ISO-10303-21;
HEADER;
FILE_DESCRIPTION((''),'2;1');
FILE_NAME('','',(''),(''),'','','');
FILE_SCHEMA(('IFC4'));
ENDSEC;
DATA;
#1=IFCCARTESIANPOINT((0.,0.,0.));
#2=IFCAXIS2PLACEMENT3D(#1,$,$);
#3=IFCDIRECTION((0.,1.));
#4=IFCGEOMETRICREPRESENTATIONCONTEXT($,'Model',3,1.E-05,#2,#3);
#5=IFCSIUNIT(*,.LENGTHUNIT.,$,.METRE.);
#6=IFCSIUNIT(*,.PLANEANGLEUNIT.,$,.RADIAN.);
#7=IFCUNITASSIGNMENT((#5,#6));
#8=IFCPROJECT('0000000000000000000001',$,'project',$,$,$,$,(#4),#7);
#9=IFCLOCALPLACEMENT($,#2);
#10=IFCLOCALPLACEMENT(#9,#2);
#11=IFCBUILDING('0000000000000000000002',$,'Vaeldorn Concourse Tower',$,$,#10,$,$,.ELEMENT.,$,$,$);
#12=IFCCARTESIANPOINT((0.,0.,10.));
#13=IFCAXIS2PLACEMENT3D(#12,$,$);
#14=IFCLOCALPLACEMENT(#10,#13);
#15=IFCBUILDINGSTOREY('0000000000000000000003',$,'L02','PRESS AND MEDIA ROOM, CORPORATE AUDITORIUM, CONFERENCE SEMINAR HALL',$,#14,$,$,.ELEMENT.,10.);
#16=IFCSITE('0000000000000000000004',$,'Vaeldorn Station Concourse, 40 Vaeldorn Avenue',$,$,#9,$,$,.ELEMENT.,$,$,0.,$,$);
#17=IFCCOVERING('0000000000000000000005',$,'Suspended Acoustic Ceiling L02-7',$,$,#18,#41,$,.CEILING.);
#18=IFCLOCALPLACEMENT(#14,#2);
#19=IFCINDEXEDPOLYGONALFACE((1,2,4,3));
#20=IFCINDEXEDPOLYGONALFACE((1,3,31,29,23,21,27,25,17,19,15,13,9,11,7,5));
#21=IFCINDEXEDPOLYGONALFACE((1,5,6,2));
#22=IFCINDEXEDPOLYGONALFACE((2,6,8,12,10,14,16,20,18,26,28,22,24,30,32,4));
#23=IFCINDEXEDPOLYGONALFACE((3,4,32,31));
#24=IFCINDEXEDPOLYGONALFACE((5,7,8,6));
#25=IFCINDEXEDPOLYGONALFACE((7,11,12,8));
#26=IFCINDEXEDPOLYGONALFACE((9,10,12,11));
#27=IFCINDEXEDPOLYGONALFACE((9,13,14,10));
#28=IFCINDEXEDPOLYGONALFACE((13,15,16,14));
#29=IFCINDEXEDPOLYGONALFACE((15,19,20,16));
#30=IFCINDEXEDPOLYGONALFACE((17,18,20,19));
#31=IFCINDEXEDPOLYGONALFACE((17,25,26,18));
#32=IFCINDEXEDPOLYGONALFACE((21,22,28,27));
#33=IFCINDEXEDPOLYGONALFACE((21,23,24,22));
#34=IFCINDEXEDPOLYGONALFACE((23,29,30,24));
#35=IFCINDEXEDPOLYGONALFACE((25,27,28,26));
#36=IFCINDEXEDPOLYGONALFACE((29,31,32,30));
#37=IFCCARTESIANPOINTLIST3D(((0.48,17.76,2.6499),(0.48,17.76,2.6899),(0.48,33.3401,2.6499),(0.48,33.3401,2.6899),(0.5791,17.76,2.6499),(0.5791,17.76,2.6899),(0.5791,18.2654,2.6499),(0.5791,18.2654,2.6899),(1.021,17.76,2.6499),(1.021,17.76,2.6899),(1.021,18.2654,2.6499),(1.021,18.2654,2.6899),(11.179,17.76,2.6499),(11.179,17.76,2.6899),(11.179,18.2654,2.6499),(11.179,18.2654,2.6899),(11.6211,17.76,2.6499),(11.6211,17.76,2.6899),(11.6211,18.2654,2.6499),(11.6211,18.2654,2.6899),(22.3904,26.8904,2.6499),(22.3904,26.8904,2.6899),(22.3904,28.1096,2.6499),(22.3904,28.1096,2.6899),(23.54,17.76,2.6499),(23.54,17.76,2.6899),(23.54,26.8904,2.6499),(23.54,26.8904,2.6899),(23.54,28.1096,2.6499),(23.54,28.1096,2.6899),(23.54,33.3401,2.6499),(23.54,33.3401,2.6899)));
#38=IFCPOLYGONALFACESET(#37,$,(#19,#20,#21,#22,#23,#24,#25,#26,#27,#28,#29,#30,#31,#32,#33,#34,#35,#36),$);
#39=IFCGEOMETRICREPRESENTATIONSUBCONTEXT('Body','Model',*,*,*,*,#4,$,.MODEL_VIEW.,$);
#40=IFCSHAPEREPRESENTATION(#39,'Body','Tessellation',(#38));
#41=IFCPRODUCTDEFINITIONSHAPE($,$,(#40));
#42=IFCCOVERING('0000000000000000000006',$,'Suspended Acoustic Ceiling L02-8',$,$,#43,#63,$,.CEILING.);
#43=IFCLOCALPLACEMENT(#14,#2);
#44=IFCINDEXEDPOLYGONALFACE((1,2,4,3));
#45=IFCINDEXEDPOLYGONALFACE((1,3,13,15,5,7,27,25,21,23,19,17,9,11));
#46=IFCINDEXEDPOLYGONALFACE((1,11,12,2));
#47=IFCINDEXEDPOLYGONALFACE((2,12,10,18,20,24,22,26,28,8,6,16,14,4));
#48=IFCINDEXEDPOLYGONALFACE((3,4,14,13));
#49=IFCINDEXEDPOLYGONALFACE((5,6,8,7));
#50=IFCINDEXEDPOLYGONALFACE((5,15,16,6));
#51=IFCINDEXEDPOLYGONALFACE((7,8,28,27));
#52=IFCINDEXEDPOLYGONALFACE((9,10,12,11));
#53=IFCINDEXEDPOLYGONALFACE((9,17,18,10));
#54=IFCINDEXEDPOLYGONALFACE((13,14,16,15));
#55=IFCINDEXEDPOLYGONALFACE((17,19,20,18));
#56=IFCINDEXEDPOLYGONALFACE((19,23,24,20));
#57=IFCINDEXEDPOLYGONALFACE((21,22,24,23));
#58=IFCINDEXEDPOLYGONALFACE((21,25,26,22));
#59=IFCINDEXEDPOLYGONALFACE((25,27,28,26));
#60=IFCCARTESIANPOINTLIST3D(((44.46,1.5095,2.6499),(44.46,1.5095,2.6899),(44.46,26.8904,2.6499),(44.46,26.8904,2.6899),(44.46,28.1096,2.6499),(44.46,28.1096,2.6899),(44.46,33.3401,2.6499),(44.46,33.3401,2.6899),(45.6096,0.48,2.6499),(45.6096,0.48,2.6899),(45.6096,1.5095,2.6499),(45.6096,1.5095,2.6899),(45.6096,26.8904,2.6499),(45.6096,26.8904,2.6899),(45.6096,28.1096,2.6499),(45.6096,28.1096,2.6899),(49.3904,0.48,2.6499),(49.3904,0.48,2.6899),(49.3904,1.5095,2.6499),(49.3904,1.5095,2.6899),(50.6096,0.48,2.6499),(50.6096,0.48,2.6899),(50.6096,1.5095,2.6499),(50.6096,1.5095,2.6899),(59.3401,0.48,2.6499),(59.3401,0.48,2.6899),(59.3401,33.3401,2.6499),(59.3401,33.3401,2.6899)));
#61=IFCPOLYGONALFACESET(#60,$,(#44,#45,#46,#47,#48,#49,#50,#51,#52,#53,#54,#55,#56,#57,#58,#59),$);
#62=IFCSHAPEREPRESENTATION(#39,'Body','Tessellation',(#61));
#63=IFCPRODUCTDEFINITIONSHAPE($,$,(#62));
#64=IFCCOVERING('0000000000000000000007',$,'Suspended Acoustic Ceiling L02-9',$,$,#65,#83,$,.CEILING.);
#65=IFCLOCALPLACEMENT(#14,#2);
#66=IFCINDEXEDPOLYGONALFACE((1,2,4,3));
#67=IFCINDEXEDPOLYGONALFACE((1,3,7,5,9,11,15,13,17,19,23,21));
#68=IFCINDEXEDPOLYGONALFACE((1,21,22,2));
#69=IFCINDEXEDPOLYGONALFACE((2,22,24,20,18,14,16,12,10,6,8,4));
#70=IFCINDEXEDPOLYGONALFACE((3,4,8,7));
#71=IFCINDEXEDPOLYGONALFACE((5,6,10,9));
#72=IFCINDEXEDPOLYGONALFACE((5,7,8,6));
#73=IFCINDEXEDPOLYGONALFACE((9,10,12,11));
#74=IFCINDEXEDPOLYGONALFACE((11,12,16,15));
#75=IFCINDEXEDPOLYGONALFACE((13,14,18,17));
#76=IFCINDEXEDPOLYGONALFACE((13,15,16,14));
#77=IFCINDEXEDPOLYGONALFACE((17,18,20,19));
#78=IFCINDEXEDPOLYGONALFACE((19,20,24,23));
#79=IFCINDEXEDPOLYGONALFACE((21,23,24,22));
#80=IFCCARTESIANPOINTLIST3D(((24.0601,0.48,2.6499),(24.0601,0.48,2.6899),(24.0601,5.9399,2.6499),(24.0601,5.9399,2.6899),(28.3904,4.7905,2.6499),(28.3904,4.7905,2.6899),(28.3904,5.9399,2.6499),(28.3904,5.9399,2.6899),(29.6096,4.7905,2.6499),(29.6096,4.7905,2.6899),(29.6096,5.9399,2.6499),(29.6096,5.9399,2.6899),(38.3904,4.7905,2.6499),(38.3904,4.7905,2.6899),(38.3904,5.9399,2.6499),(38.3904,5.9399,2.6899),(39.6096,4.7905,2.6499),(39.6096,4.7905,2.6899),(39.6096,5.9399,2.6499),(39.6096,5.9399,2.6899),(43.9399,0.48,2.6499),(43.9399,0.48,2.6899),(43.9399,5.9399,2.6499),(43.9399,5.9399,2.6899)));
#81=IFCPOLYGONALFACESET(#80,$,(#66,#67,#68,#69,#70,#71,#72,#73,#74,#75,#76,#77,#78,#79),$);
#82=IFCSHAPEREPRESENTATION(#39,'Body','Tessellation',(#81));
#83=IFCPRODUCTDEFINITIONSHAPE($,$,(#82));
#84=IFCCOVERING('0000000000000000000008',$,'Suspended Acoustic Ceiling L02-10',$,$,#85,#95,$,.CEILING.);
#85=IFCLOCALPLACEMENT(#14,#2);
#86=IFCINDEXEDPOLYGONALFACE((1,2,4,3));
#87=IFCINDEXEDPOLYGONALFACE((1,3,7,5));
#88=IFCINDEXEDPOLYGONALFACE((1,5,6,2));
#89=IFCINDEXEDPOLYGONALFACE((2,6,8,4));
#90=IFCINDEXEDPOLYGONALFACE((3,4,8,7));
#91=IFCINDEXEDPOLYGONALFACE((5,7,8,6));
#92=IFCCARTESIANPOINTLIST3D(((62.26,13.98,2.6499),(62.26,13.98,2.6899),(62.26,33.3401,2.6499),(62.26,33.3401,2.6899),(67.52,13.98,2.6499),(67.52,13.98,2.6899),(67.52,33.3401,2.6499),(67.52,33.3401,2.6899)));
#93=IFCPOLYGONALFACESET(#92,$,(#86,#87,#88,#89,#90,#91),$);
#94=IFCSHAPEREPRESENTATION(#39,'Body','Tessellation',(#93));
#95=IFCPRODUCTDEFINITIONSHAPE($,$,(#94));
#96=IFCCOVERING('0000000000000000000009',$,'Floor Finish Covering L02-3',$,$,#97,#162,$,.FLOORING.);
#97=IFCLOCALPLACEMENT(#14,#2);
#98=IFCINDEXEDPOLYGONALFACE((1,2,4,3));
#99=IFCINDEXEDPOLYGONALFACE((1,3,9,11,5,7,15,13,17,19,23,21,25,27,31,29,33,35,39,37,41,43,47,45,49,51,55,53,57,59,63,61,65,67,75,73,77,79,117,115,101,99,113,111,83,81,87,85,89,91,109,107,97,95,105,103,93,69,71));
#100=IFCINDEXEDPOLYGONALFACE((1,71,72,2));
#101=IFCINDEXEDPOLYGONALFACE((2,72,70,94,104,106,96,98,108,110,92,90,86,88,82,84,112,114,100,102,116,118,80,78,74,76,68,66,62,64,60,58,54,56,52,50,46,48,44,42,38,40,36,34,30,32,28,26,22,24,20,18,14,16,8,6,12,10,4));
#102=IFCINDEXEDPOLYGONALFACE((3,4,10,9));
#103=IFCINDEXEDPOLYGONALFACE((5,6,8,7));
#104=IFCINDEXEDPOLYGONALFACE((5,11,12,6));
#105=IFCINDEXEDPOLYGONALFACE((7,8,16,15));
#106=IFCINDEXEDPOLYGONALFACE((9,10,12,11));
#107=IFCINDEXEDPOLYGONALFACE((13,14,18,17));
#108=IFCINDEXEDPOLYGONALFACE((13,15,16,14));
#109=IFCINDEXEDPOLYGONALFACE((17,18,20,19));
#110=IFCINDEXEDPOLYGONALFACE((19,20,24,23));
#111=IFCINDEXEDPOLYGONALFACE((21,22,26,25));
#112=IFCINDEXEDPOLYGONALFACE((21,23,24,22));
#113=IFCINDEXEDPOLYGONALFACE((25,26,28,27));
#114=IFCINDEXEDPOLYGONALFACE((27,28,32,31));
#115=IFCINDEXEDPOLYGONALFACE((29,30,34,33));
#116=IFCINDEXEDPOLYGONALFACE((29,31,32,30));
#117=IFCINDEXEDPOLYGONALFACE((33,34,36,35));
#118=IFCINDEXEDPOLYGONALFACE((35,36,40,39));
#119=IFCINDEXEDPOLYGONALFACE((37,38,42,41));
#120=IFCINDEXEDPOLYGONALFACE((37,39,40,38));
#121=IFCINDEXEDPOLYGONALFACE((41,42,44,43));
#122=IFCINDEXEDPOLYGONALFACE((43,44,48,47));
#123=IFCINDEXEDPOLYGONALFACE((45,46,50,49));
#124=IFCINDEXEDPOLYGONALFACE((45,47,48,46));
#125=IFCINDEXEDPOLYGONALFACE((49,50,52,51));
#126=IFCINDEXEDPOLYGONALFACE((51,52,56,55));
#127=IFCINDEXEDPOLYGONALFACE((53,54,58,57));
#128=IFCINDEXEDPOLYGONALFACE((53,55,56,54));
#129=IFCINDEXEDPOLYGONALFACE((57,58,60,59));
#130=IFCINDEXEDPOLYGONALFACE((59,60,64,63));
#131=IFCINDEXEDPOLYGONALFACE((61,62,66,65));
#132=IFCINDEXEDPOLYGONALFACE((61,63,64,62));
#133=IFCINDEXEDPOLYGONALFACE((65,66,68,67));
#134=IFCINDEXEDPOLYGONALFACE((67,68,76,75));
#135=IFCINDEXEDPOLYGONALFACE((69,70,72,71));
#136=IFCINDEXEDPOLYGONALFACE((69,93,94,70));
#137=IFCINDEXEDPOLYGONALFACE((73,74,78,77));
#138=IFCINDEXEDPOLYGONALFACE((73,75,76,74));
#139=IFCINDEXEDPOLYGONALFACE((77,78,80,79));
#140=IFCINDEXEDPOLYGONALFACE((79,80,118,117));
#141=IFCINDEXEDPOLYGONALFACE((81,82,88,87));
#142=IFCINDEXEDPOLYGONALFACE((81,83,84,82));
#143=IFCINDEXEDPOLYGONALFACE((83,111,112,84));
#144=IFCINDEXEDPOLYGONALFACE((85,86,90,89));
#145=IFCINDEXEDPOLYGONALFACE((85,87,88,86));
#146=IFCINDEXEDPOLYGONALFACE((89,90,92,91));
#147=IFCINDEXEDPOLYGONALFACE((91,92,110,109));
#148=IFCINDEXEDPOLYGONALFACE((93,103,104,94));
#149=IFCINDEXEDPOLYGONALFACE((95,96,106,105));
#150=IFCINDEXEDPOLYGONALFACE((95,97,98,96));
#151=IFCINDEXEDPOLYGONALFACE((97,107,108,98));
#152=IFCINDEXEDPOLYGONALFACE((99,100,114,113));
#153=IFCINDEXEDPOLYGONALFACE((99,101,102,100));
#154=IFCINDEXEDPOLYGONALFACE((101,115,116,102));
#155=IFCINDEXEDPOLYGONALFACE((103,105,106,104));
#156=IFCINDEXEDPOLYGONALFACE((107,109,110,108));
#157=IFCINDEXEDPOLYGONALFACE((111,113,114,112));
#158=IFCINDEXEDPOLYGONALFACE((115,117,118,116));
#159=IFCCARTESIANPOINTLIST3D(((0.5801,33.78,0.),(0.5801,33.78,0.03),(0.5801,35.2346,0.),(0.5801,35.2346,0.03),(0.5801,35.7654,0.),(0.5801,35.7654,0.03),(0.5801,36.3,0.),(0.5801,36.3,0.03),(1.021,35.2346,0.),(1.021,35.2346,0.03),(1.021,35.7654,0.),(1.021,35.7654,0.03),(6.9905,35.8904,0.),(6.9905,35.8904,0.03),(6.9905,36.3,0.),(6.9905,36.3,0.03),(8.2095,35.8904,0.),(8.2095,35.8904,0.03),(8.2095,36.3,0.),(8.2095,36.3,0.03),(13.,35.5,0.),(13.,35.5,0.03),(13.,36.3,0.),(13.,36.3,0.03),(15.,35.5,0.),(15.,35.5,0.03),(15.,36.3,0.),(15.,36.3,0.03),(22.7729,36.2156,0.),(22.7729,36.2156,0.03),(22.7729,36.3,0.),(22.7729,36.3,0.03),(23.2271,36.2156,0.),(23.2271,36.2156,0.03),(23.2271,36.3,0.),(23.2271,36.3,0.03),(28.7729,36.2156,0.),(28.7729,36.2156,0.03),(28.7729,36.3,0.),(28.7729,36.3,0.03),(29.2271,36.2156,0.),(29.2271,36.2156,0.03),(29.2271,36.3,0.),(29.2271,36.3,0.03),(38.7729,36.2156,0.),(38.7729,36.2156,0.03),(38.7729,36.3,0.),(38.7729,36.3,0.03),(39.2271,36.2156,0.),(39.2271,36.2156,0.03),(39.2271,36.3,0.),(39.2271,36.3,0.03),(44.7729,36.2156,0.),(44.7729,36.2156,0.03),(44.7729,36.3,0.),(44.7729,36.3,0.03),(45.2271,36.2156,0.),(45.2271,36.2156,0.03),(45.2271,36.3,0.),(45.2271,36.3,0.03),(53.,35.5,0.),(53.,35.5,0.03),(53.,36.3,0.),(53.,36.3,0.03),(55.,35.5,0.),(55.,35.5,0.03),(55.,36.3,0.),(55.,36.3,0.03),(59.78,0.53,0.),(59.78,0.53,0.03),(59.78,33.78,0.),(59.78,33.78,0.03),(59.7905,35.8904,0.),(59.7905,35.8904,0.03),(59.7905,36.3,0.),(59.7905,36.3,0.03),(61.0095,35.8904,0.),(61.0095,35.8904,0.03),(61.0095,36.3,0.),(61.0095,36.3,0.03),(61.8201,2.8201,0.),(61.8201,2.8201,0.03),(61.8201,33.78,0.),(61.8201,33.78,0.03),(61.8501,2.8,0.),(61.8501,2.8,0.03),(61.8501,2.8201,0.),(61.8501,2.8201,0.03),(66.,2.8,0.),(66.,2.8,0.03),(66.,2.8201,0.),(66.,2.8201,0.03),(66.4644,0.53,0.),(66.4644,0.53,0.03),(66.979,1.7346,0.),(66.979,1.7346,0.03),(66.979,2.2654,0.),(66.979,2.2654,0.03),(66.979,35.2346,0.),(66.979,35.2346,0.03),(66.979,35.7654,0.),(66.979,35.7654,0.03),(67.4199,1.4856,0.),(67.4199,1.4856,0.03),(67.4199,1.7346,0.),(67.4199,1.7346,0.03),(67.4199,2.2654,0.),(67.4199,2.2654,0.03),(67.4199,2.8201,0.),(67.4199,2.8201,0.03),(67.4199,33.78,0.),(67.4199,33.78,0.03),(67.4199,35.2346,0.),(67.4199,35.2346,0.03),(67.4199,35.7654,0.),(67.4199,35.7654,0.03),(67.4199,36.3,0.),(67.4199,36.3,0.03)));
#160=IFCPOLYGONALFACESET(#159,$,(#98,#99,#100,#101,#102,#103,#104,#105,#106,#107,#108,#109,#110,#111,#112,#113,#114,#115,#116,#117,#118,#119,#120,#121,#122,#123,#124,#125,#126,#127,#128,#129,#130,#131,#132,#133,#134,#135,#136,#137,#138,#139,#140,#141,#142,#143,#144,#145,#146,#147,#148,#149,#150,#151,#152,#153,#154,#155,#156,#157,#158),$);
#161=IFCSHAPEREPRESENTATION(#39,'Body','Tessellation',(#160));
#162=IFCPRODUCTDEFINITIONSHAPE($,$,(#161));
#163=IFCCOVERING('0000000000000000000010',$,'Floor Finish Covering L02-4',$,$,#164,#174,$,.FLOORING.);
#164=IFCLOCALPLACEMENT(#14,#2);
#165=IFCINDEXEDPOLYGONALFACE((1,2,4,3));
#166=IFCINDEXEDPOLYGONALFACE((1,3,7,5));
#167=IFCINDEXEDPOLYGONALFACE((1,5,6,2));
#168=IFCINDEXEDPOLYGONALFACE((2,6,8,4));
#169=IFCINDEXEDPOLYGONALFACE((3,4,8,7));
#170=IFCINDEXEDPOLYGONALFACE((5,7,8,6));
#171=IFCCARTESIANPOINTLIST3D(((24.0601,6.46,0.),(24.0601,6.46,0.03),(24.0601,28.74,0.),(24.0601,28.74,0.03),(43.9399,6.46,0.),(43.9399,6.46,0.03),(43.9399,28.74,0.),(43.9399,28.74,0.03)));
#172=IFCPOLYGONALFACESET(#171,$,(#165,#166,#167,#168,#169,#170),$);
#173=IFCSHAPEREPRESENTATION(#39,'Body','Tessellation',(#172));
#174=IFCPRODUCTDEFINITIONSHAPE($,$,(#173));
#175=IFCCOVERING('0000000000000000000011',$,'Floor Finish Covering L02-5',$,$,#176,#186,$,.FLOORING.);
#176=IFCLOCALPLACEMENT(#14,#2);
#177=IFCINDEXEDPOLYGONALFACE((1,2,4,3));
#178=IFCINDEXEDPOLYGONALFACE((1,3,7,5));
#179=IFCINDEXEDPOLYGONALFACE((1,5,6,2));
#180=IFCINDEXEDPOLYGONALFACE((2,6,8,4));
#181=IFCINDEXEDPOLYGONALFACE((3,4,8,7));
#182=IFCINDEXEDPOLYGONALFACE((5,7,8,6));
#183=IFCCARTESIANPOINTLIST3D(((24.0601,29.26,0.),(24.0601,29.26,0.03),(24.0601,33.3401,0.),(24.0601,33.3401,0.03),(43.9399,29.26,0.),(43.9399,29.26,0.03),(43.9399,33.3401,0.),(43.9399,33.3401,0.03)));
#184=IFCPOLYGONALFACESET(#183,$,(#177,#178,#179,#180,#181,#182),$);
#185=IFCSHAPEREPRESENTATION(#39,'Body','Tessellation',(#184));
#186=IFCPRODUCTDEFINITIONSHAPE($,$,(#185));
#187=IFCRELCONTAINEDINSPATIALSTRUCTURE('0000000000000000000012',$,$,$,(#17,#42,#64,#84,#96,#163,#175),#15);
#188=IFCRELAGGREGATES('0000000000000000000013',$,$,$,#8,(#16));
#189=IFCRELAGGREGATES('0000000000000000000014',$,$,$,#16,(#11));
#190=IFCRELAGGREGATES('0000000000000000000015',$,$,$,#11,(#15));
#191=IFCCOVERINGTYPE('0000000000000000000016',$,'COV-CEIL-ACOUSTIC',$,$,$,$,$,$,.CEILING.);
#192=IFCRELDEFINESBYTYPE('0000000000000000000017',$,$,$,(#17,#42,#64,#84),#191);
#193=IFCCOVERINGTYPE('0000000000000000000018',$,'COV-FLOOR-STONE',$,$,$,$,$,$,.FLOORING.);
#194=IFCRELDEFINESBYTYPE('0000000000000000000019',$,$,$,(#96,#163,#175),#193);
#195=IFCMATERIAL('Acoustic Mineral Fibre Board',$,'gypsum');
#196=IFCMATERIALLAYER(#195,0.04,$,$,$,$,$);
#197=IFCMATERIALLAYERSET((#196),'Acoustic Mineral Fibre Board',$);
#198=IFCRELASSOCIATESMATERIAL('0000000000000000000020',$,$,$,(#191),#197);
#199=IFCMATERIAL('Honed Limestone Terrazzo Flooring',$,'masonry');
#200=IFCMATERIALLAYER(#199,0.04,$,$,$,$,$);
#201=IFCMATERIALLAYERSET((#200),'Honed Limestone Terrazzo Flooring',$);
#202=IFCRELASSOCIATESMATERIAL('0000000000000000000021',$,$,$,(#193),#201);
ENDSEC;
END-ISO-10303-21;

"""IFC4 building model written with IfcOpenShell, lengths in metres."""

from ifc_helpers import new_model, si_unit, direction, frame, origin, place, context, subcontext, project, spatial, polyline, outline, extrude, material, layer, layer_set, type_object, element, save


model = new_model("IFC4")

# Units and contexts
model_context = context("Model", 3, precision=1e-05, world=origin(), true_north=direction((0.0, 1.0)))
body_context = subcontext(model_context, "Body", "Model", "MODEL_VIEW")
ifc_project = project(units=[si_unit("LENGTHUNIT", "METRE"), si_unit("PLANEANGLEUNIT", "RADIAN")], contexts=[model_context])

# Site, building, storey
site_placement = place(None, origin())
site = spatial("IfcSite", under=ifc_project, at=site_placement, Name="Vaeldorn Station Concourse, 40 Vaeldorn Avenue", CompositionType="ELEMENT", RefElevation=0.0)
building_placement = place(site_placement, origin())
building = spatial("IfcBuilding", under=site, at=building_placement, Name="Vaeldorn Concourse Tower", CompositionType="ELEMENT")
storey_placement = place(building_placement, frame((0.0, 0.0, 10.0)))
storey = spatial("IfcBuildingStorey", under=building, at=storey_placement, Name="L02", Description="PRESS AND MEDIA ROOM, CORPORATE AUDITORIUM, CONFERENCE SEMINAR HALL", CompositionType="ELEMENT", Elevation=10.0)

# Coverings
ifc_material_1 = material(Name="Acoustic Mineral Fibre Board", Category="gypsum")
ifc_layer_1 = layer(ifc_material_1, 0.04)
ifc_layer_set_1 = layer_set([ifc_layer_1], Name="Acoustic Mineral Fibre Board")
covering_type_1 = type_object("IfcCoveringType", Name="COV-CEIL-ACOUSTIC", PredefinedType="CEILING", material=ifc_layer_set_1)
covering_1_placement = place(storey_placement, frame((0.0, 0.0, 2.6499)))
element("IfcCovering", 1, at=covering_1_placement, inside=storey, type_object=covering_type_1, Name="Suspended Acoustic Ceiling L02-7", PredefinedType="CEILING", context=body_context, shape_type="SweptSolid", body=[
    extrude(outline(polyline([(0.48, 33.3401), (23.54, 33.3401), (23.54, 28.1096), (22.3904, 28.1096), (22.3904, 26.8904), (23.54, 26.8904), (23.54, 17.76), (11.6211, 17.76), (11.6211, 18.2654), (11.179, 18.2654), (11.179, 17.76), (1.021, 17.76), (1.021, 18.2654), (0.5791, 18.2654), (0.5791, 17.76), (0.48, 17.76), (0.48, 33.3401)])), origin(), (0.0, 0.0, 1.0), 0.04),
])
covering_2_placement = place(storey_placement, frame((0.0, 0.0, 2.6499)))
element("IfcCovering", 2, at=covering_2_placement, inside=storey, type_object=covering_type_1, Name="Suspended Acoustic Ceiling L02-8", PredefinedType="CEILING", context=body_context, shape_type="SweptSolid", body=[
    extrude(outline(polyline([(44.46, 26.8904), (45.6096, 26.8904), (45.6096, 28.1096), (44.46, 28.1096), (44.46, 33.3401), (59.3401, 33.3401), (59.3401, 0.48), (50.6096, 0.48), (50.6096, 1.5095), (49.3904, 1.5095), (49.3904, 0.48), (45.6096, 0.48), (45.6096, 1.5095), (44.46, 1.5095), (44.46, 26.8904)])), origin(), (0.0, 0.0, 1.0), 0.04),
])
covering_3_placement = place(storey_placement, frame((0.0, 0.0, 2.6499)))
element("IfcCovering", 3, at=covering_3_placement, inside=storey, type_object=covering_type_1, Name="Suspended Acoustic Ceiling L02-9", PredefinedType="CEILING", context=body_context, shape_type="SweptSolid", body=[
    extrude(outline(polyline([(24.0601, 5.9399), (28.3904, 5.9399), (28.3904, 4.7905), (29.6096, 4.7905), (29.6096, 5.9399), (38.3904, 5.9399), (38.3904, 4.7905), (39.6096, 4.7905), (39.6096, 5.9399), (43.9399, 5.9399), (43.9399, 0.48), (24.0601, 0.48), (24.0601, 5.9399)])), origin(), (0.0, 0.0, 1.0), 0.04),
])
covering_4_placement = place(storey_placement, frame((0.0, 0.0, 2.6499)))
element("IfcCovering", 4, at=covering_4_placement, inside=storey, type_object=covering_type_1, Name="Suspended Acoustic Ceiling L02-10", PredefinedType="CEILING", context=body_context, shape_type="SweptSolid", body=[
    extrude(outline(polyline([(62.26, 33.3401), (67.52, 33.3401), (67.52, 13.98), (62.26, 13.98), (62.26, 33.3401)])), origin(), (0.0, 0.0, 1.0), 0.04),
])
ifc_material_2 = material(Name="Honed Limestone Terrazzo Flooring", Category="masonry")
ifc_layer_2 = layer(ifc_material_2, 0.04)
ifc_layer_set_2 = layer_set([ifc_layer_2], Name="Honed Limestone Terrazzo Flooring")
covering_type_2 = type_object("IfcCoveringType", Name="COV-FLOOR-STONE", PredefinedType="FLOORING", material=ifc_layer_set_2)
covering_5_placement = place(storey_placement, origin())
element("IfcCovering", 5, at=covering_5_placement, inside=storey, type_object=covering_type_2, Name="Floor Finish Covering L02-3", PredefinedType="FLOORING", context=body_context, shape_type="SweptSolid", body=[
    extrude(outline(polyline([(6.9905, 36.3), (6.9905, 35.8904), (8.2095, 35.8904), (8.2095, 36.3), (13.0, 36.3), (13.0, 35.5), (15.0, 35.5), (15.0, 36.3), (22.7729, 36.3), (22.7729, 36.2156), (23.2271, 36.2156), (23.2271, 36.3), (28.7729, 36.3), (28.7729, 36.2156), (29.2271, 36.2156), (29.2271, 36.3), (38.7729, 36.3), (38.7729, 36.2156), (39.2271, 36.2156), (39.2271, 36.3), (44.7729, 36.3), (44.7729, 36.2156), (45.2271, 36.2156), (45.2271, 36.3), (53.0, 36.3), (53.0, 35.5), (55.0, 35.5), (55.0, 36.3), (59.7905, 36.3), (59.7905, 35.8904), (61.0095, 35.8904), (61.0095, 36.3), (67.4199, 36.3), (67.4199, 35.7654), (66.979, 35.7654), (66.979, 35.2346), (67.4199, 35.2346), (67.4199, 33.78), (61.8201, 33.78), (61.8201, 2.8201), (61.8501, 2.8201), (61.8501, 2.8), (66.0, 2.8), (66.0, 2.8201), (67.4199, 2.8201), (67.4199, 2.2654), (66.979, 2.2654), (66.979, 1.7346), (67.4199, 1.7346), (67.4199, 1.4856), (66.4644, 0.53), (59.78, 0.53), (59.78, 33.78), (0.5801, 33.78), (0.5801, 35.2346), (1.021, 35.2346), (1.021, 35.7654), (0.5801, 35.7654), (0.5801, 36.3), (6.9905, 36.3)])), origin(), (0.0, 0.0, 1.0), 0.03),
])
covering_6_placement = place(storey_placement, origin())
element("IfcCovering", 6, at=covering_6_placement, inside=storey, type_object=covering_type_2, Name="Floor Finish Covering L02-4", PredefinedType="FLOORING", context=body_context, shape_type="SweptSolid", body=[
    extrude(outline(polyline([(24.0601, 28.74), (43.9399, 28.74), (43.9399, 6.46), (24.0601, 6.46), (24.0601, 28.74)])), origin(), (0.0, 0.0, 1.0), 0.03),
])
covering_7_placement = place(storey_placement, origin())
element("IfcCovering", 7, at=covering_7_placement, inside=storey, type_object=covering_type_2, Name="Floor Finish Covering L02-5", PredefinedType="FLOORING", context=body_context, shape_type="SweptSolid", body=[
    extrude(outline(polyline([(24.0601, 33.3401), (43.9399, 33.3401), (43.9399, 29.26), (24.0601, 29.26), (24.0601, 33.3401)])), origin(), (0.0, 0.0, 1.0), 0.03),
])

save(model, "model.ifc")
